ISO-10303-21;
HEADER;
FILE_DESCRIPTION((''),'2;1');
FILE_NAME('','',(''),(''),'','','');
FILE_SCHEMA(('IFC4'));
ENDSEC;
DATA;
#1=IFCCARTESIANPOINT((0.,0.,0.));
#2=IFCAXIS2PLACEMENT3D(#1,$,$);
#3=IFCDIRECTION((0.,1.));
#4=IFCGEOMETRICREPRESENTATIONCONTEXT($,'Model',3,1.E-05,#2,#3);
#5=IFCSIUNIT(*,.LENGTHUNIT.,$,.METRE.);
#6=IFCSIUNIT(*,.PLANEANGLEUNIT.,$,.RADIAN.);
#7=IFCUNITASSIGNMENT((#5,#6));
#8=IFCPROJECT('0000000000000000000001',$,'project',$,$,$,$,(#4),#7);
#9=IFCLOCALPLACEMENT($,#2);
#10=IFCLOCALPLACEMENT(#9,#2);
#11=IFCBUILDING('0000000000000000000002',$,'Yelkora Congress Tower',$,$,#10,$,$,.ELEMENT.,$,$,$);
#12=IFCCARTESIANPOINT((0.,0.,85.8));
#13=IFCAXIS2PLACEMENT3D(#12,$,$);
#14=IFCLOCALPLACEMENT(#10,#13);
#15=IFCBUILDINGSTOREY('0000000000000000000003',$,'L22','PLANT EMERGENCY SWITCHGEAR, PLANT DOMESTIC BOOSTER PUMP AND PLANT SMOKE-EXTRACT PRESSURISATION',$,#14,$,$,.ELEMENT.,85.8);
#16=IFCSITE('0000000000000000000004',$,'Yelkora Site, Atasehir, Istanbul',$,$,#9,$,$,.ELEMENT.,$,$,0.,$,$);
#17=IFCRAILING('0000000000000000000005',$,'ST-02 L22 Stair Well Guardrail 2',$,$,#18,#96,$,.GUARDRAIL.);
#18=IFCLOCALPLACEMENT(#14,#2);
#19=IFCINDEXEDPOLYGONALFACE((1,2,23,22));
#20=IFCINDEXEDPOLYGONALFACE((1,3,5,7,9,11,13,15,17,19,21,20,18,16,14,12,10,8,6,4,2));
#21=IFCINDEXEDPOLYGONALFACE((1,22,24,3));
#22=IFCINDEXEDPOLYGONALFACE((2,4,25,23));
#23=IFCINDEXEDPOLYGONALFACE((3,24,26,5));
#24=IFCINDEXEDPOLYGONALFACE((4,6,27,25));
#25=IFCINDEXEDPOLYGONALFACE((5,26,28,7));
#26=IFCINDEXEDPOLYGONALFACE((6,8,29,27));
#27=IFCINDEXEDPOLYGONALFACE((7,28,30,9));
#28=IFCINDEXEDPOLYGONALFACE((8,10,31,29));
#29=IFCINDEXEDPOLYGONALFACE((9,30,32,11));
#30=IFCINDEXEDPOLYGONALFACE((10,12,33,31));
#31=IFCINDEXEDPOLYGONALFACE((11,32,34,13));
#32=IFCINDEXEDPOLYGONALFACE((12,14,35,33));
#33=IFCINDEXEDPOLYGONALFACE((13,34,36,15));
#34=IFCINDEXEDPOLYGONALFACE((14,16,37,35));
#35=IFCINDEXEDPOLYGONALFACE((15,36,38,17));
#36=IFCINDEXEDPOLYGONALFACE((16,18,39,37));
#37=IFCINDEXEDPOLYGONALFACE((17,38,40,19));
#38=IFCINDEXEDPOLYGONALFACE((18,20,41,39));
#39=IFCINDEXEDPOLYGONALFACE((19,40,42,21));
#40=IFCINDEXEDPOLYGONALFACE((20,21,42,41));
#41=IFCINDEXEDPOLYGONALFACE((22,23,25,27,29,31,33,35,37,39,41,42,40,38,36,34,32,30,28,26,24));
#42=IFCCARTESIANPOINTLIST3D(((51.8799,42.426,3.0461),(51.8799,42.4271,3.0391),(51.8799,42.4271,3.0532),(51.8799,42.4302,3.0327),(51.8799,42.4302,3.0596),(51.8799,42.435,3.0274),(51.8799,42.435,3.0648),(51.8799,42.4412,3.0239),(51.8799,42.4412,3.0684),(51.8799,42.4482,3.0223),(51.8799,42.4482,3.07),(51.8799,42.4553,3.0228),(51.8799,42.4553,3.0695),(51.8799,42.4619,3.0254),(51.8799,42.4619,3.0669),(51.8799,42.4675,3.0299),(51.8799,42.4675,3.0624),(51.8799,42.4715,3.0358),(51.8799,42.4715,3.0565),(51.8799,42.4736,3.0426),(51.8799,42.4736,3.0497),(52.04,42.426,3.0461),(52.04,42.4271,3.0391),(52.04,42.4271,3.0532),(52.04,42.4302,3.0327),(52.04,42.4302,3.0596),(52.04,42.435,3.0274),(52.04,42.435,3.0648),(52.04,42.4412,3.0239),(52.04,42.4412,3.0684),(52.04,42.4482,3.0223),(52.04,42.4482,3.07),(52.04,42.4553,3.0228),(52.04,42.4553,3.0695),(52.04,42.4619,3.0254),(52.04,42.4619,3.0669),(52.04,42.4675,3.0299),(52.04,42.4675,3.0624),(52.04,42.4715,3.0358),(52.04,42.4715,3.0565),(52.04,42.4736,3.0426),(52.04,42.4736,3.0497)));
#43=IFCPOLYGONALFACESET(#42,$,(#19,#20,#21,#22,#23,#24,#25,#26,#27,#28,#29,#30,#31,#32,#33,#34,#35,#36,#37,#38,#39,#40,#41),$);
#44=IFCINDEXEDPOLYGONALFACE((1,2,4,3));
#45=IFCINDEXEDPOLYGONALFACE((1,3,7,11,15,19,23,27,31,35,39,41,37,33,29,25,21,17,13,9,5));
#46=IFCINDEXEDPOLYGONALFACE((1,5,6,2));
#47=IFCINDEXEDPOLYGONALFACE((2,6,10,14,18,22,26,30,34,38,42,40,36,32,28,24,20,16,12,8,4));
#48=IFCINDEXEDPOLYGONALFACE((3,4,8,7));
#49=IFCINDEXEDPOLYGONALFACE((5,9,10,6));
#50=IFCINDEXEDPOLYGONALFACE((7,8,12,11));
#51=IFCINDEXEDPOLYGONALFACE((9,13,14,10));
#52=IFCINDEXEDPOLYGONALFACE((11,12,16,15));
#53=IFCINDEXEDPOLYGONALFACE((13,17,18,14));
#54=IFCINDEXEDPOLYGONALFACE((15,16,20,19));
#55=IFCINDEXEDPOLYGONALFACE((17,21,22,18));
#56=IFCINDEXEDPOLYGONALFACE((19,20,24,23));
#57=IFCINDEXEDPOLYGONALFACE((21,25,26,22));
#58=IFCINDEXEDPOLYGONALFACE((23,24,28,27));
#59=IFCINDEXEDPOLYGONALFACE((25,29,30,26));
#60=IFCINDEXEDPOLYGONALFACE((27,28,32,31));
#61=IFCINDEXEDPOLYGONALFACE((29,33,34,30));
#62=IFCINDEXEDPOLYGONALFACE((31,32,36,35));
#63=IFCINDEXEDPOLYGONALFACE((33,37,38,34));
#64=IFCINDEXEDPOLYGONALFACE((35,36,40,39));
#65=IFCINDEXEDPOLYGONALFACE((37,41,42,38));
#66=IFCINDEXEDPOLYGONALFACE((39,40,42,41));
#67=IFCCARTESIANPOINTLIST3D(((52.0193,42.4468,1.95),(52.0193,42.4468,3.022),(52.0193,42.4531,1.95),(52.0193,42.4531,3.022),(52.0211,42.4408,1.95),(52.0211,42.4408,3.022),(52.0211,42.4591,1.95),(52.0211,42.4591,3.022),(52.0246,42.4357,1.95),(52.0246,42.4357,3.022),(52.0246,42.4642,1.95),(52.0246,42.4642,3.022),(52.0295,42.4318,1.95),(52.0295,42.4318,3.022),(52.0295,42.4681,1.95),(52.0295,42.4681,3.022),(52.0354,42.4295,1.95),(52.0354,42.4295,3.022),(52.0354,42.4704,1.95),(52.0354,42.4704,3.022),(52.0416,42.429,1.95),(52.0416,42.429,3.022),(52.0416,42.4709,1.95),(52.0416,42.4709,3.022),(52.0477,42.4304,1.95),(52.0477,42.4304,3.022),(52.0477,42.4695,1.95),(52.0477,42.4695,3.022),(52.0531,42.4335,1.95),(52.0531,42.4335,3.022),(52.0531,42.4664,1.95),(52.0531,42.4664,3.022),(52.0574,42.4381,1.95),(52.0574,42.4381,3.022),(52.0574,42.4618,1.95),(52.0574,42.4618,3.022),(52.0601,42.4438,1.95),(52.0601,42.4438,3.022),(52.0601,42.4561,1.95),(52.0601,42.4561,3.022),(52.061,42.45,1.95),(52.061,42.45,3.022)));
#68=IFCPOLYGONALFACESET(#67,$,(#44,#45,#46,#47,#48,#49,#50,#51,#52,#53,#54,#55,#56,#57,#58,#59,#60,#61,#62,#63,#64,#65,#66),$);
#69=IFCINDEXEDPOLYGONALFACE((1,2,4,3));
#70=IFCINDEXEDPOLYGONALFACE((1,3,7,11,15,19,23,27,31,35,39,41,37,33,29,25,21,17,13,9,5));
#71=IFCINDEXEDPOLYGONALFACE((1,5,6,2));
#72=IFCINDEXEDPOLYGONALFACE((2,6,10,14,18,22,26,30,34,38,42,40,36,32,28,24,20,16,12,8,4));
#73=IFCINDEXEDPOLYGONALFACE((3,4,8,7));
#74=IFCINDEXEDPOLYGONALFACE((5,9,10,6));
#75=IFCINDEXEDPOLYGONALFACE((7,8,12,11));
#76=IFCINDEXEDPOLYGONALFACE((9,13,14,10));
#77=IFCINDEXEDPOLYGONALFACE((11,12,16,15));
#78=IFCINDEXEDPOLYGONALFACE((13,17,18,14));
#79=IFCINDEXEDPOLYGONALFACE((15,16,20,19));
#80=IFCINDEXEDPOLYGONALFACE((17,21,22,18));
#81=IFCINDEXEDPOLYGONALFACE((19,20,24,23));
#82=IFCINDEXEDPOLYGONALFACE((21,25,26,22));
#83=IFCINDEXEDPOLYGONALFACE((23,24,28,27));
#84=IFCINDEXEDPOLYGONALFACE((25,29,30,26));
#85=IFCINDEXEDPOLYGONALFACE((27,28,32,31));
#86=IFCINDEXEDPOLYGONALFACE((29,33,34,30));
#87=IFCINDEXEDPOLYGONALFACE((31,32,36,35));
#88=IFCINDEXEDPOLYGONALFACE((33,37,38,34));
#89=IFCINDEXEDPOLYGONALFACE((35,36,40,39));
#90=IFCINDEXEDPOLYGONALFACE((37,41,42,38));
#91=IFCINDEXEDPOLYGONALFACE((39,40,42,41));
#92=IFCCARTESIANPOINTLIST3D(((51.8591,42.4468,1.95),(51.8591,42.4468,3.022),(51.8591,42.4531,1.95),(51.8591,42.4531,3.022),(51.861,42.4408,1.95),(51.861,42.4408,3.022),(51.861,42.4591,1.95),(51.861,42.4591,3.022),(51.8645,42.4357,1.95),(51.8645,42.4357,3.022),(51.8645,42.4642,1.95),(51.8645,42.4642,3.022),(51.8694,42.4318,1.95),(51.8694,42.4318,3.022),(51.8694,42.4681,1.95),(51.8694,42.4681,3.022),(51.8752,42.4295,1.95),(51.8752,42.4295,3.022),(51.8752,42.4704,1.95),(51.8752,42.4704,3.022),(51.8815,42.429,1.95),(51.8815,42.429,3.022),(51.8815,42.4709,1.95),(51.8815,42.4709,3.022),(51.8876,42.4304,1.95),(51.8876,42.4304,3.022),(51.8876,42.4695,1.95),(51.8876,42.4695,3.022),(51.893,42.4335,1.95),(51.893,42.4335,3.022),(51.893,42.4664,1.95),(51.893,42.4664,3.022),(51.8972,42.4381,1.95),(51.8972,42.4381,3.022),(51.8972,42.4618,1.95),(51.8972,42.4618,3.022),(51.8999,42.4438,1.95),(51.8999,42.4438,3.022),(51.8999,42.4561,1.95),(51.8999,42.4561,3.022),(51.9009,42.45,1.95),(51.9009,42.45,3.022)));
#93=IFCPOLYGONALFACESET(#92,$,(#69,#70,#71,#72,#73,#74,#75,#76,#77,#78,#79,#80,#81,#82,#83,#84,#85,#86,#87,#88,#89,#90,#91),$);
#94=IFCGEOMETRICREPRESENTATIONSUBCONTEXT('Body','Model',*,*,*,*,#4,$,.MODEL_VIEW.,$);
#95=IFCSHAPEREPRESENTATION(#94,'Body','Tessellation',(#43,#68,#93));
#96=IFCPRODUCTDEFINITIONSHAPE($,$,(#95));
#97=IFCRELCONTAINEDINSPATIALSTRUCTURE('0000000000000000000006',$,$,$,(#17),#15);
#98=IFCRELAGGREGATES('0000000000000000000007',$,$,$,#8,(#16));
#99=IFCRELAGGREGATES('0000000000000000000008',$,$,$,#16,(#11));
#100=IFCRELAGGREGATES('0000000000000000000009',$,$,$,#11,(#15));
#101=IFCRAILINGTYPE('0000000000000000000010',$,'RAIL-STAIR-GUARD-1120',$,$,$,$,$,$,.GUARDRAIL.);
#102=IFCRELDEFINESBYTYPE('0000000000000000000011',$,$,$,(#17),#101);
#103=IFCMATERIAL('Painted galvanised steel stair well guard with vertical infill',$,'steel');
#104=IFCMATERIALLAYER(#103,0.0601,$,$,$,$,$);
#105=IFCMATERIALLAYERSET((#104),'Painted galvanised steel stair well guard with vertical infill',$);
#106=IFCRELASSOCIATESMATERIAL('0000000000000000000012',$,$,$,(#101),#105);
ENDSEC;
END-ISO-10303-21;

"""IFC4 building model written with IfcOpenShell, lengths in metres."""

from ifc_helpers import new_model, si_unit, direction, frame, origin, origin_2d, place, context, subcontext, project, spatial, circle, extrude, material, layer, layer_set, type_object, element, save


model = new_model("IFC4")

# Units and contexts
model_context = context("Model", 3, precision=1e-05, world=origin(), true_north=direction((0.0, 1.0)))
body_context = subcontext(model_context, "Body", "Model", "MODEL_VIEW")
ifc_project = project(units=[si_unit("LENGTHUNIT", "METRE"), si_unit("PLANEANGLEUNIT", "RADIAN")], contexts=[model_context])

# Site, building, storey
site_placement = place(None, origin())
site = spatial("IfcSite", under=ifc_project, at=site_placement, Name="Yelkora Site, Atasehir, Istanbul", CompositionType="ELEMENT", RefElevation=0.0)
building_placement = place(site_placement, origin())
building = spatial("IfcBuilding", under=site, at=building_placement, Name="Yelkora Congress Tower", CompositionType="ELEMENT")
storey_placement = place(building_placement, frame((0.0, 0.0, 85.8)))
storey = spatial("IfcBuildingStorey", under=building, at=storey_placement, Name="L22", Description="PLANT EMERGENCY SWITCHGEAR, PLANT DOMESTIC BOOSTER PUMP AND PLANT SMOKE-EXTRACT PRESSURISATION", CompositionType="ELEMENT", Elevation=85.8)

# Railing
ifc_material_1 = material(Name="Painted galvanised steel stair well guard with vertical infill", Category="steel")
ifc_layer_1 = layer(ifc_material_1, 0.0601)
ifc_layer_set_1 = layer_set([ifc_layer_1], Name="Painted galvanised steel stair well guard with vertical infill")
railing_type_1 = type_object("IfcRailingType", Name="RAIL-STAIR-GUARD-1120", PredefinedType="GUARDRAIL", material=ifc_layer_set_1)
railing_1_placement = place(storey_placement, frame((52.04, 42.45, 1.95)))
element("IfcRailing", 1, at=railing_1_placement, inside=storey, type_object=railing_type_1, Name="ST-02 L22 Stair Well Guardrail 2", PredefinedType="GUARDRAIL", context=body_context, shape_type="SweptSolid", body=[
    extrude(circle(Radius=0.0239, at=origin_2d()), frame((0.0, 0.0, 1.0962), z_axis=(-1.0, 0.0, 0.0), x_axis=(0.0, -1.0, 0.0)), (0.0, 0.0, 1.0), 0.1602),
    extrude(circle(Radius=0.021, at=origin_2d()), origin(), (0.0, 0.0, 1.0), 1.072),
    extrude(circle(Radius=0.021, at=origin_2d()), frame((-0.1602, 0.0, 0.0)), (0.0, 0.0, 1.0), 1.072),
])

save(model, "model.ifc")
